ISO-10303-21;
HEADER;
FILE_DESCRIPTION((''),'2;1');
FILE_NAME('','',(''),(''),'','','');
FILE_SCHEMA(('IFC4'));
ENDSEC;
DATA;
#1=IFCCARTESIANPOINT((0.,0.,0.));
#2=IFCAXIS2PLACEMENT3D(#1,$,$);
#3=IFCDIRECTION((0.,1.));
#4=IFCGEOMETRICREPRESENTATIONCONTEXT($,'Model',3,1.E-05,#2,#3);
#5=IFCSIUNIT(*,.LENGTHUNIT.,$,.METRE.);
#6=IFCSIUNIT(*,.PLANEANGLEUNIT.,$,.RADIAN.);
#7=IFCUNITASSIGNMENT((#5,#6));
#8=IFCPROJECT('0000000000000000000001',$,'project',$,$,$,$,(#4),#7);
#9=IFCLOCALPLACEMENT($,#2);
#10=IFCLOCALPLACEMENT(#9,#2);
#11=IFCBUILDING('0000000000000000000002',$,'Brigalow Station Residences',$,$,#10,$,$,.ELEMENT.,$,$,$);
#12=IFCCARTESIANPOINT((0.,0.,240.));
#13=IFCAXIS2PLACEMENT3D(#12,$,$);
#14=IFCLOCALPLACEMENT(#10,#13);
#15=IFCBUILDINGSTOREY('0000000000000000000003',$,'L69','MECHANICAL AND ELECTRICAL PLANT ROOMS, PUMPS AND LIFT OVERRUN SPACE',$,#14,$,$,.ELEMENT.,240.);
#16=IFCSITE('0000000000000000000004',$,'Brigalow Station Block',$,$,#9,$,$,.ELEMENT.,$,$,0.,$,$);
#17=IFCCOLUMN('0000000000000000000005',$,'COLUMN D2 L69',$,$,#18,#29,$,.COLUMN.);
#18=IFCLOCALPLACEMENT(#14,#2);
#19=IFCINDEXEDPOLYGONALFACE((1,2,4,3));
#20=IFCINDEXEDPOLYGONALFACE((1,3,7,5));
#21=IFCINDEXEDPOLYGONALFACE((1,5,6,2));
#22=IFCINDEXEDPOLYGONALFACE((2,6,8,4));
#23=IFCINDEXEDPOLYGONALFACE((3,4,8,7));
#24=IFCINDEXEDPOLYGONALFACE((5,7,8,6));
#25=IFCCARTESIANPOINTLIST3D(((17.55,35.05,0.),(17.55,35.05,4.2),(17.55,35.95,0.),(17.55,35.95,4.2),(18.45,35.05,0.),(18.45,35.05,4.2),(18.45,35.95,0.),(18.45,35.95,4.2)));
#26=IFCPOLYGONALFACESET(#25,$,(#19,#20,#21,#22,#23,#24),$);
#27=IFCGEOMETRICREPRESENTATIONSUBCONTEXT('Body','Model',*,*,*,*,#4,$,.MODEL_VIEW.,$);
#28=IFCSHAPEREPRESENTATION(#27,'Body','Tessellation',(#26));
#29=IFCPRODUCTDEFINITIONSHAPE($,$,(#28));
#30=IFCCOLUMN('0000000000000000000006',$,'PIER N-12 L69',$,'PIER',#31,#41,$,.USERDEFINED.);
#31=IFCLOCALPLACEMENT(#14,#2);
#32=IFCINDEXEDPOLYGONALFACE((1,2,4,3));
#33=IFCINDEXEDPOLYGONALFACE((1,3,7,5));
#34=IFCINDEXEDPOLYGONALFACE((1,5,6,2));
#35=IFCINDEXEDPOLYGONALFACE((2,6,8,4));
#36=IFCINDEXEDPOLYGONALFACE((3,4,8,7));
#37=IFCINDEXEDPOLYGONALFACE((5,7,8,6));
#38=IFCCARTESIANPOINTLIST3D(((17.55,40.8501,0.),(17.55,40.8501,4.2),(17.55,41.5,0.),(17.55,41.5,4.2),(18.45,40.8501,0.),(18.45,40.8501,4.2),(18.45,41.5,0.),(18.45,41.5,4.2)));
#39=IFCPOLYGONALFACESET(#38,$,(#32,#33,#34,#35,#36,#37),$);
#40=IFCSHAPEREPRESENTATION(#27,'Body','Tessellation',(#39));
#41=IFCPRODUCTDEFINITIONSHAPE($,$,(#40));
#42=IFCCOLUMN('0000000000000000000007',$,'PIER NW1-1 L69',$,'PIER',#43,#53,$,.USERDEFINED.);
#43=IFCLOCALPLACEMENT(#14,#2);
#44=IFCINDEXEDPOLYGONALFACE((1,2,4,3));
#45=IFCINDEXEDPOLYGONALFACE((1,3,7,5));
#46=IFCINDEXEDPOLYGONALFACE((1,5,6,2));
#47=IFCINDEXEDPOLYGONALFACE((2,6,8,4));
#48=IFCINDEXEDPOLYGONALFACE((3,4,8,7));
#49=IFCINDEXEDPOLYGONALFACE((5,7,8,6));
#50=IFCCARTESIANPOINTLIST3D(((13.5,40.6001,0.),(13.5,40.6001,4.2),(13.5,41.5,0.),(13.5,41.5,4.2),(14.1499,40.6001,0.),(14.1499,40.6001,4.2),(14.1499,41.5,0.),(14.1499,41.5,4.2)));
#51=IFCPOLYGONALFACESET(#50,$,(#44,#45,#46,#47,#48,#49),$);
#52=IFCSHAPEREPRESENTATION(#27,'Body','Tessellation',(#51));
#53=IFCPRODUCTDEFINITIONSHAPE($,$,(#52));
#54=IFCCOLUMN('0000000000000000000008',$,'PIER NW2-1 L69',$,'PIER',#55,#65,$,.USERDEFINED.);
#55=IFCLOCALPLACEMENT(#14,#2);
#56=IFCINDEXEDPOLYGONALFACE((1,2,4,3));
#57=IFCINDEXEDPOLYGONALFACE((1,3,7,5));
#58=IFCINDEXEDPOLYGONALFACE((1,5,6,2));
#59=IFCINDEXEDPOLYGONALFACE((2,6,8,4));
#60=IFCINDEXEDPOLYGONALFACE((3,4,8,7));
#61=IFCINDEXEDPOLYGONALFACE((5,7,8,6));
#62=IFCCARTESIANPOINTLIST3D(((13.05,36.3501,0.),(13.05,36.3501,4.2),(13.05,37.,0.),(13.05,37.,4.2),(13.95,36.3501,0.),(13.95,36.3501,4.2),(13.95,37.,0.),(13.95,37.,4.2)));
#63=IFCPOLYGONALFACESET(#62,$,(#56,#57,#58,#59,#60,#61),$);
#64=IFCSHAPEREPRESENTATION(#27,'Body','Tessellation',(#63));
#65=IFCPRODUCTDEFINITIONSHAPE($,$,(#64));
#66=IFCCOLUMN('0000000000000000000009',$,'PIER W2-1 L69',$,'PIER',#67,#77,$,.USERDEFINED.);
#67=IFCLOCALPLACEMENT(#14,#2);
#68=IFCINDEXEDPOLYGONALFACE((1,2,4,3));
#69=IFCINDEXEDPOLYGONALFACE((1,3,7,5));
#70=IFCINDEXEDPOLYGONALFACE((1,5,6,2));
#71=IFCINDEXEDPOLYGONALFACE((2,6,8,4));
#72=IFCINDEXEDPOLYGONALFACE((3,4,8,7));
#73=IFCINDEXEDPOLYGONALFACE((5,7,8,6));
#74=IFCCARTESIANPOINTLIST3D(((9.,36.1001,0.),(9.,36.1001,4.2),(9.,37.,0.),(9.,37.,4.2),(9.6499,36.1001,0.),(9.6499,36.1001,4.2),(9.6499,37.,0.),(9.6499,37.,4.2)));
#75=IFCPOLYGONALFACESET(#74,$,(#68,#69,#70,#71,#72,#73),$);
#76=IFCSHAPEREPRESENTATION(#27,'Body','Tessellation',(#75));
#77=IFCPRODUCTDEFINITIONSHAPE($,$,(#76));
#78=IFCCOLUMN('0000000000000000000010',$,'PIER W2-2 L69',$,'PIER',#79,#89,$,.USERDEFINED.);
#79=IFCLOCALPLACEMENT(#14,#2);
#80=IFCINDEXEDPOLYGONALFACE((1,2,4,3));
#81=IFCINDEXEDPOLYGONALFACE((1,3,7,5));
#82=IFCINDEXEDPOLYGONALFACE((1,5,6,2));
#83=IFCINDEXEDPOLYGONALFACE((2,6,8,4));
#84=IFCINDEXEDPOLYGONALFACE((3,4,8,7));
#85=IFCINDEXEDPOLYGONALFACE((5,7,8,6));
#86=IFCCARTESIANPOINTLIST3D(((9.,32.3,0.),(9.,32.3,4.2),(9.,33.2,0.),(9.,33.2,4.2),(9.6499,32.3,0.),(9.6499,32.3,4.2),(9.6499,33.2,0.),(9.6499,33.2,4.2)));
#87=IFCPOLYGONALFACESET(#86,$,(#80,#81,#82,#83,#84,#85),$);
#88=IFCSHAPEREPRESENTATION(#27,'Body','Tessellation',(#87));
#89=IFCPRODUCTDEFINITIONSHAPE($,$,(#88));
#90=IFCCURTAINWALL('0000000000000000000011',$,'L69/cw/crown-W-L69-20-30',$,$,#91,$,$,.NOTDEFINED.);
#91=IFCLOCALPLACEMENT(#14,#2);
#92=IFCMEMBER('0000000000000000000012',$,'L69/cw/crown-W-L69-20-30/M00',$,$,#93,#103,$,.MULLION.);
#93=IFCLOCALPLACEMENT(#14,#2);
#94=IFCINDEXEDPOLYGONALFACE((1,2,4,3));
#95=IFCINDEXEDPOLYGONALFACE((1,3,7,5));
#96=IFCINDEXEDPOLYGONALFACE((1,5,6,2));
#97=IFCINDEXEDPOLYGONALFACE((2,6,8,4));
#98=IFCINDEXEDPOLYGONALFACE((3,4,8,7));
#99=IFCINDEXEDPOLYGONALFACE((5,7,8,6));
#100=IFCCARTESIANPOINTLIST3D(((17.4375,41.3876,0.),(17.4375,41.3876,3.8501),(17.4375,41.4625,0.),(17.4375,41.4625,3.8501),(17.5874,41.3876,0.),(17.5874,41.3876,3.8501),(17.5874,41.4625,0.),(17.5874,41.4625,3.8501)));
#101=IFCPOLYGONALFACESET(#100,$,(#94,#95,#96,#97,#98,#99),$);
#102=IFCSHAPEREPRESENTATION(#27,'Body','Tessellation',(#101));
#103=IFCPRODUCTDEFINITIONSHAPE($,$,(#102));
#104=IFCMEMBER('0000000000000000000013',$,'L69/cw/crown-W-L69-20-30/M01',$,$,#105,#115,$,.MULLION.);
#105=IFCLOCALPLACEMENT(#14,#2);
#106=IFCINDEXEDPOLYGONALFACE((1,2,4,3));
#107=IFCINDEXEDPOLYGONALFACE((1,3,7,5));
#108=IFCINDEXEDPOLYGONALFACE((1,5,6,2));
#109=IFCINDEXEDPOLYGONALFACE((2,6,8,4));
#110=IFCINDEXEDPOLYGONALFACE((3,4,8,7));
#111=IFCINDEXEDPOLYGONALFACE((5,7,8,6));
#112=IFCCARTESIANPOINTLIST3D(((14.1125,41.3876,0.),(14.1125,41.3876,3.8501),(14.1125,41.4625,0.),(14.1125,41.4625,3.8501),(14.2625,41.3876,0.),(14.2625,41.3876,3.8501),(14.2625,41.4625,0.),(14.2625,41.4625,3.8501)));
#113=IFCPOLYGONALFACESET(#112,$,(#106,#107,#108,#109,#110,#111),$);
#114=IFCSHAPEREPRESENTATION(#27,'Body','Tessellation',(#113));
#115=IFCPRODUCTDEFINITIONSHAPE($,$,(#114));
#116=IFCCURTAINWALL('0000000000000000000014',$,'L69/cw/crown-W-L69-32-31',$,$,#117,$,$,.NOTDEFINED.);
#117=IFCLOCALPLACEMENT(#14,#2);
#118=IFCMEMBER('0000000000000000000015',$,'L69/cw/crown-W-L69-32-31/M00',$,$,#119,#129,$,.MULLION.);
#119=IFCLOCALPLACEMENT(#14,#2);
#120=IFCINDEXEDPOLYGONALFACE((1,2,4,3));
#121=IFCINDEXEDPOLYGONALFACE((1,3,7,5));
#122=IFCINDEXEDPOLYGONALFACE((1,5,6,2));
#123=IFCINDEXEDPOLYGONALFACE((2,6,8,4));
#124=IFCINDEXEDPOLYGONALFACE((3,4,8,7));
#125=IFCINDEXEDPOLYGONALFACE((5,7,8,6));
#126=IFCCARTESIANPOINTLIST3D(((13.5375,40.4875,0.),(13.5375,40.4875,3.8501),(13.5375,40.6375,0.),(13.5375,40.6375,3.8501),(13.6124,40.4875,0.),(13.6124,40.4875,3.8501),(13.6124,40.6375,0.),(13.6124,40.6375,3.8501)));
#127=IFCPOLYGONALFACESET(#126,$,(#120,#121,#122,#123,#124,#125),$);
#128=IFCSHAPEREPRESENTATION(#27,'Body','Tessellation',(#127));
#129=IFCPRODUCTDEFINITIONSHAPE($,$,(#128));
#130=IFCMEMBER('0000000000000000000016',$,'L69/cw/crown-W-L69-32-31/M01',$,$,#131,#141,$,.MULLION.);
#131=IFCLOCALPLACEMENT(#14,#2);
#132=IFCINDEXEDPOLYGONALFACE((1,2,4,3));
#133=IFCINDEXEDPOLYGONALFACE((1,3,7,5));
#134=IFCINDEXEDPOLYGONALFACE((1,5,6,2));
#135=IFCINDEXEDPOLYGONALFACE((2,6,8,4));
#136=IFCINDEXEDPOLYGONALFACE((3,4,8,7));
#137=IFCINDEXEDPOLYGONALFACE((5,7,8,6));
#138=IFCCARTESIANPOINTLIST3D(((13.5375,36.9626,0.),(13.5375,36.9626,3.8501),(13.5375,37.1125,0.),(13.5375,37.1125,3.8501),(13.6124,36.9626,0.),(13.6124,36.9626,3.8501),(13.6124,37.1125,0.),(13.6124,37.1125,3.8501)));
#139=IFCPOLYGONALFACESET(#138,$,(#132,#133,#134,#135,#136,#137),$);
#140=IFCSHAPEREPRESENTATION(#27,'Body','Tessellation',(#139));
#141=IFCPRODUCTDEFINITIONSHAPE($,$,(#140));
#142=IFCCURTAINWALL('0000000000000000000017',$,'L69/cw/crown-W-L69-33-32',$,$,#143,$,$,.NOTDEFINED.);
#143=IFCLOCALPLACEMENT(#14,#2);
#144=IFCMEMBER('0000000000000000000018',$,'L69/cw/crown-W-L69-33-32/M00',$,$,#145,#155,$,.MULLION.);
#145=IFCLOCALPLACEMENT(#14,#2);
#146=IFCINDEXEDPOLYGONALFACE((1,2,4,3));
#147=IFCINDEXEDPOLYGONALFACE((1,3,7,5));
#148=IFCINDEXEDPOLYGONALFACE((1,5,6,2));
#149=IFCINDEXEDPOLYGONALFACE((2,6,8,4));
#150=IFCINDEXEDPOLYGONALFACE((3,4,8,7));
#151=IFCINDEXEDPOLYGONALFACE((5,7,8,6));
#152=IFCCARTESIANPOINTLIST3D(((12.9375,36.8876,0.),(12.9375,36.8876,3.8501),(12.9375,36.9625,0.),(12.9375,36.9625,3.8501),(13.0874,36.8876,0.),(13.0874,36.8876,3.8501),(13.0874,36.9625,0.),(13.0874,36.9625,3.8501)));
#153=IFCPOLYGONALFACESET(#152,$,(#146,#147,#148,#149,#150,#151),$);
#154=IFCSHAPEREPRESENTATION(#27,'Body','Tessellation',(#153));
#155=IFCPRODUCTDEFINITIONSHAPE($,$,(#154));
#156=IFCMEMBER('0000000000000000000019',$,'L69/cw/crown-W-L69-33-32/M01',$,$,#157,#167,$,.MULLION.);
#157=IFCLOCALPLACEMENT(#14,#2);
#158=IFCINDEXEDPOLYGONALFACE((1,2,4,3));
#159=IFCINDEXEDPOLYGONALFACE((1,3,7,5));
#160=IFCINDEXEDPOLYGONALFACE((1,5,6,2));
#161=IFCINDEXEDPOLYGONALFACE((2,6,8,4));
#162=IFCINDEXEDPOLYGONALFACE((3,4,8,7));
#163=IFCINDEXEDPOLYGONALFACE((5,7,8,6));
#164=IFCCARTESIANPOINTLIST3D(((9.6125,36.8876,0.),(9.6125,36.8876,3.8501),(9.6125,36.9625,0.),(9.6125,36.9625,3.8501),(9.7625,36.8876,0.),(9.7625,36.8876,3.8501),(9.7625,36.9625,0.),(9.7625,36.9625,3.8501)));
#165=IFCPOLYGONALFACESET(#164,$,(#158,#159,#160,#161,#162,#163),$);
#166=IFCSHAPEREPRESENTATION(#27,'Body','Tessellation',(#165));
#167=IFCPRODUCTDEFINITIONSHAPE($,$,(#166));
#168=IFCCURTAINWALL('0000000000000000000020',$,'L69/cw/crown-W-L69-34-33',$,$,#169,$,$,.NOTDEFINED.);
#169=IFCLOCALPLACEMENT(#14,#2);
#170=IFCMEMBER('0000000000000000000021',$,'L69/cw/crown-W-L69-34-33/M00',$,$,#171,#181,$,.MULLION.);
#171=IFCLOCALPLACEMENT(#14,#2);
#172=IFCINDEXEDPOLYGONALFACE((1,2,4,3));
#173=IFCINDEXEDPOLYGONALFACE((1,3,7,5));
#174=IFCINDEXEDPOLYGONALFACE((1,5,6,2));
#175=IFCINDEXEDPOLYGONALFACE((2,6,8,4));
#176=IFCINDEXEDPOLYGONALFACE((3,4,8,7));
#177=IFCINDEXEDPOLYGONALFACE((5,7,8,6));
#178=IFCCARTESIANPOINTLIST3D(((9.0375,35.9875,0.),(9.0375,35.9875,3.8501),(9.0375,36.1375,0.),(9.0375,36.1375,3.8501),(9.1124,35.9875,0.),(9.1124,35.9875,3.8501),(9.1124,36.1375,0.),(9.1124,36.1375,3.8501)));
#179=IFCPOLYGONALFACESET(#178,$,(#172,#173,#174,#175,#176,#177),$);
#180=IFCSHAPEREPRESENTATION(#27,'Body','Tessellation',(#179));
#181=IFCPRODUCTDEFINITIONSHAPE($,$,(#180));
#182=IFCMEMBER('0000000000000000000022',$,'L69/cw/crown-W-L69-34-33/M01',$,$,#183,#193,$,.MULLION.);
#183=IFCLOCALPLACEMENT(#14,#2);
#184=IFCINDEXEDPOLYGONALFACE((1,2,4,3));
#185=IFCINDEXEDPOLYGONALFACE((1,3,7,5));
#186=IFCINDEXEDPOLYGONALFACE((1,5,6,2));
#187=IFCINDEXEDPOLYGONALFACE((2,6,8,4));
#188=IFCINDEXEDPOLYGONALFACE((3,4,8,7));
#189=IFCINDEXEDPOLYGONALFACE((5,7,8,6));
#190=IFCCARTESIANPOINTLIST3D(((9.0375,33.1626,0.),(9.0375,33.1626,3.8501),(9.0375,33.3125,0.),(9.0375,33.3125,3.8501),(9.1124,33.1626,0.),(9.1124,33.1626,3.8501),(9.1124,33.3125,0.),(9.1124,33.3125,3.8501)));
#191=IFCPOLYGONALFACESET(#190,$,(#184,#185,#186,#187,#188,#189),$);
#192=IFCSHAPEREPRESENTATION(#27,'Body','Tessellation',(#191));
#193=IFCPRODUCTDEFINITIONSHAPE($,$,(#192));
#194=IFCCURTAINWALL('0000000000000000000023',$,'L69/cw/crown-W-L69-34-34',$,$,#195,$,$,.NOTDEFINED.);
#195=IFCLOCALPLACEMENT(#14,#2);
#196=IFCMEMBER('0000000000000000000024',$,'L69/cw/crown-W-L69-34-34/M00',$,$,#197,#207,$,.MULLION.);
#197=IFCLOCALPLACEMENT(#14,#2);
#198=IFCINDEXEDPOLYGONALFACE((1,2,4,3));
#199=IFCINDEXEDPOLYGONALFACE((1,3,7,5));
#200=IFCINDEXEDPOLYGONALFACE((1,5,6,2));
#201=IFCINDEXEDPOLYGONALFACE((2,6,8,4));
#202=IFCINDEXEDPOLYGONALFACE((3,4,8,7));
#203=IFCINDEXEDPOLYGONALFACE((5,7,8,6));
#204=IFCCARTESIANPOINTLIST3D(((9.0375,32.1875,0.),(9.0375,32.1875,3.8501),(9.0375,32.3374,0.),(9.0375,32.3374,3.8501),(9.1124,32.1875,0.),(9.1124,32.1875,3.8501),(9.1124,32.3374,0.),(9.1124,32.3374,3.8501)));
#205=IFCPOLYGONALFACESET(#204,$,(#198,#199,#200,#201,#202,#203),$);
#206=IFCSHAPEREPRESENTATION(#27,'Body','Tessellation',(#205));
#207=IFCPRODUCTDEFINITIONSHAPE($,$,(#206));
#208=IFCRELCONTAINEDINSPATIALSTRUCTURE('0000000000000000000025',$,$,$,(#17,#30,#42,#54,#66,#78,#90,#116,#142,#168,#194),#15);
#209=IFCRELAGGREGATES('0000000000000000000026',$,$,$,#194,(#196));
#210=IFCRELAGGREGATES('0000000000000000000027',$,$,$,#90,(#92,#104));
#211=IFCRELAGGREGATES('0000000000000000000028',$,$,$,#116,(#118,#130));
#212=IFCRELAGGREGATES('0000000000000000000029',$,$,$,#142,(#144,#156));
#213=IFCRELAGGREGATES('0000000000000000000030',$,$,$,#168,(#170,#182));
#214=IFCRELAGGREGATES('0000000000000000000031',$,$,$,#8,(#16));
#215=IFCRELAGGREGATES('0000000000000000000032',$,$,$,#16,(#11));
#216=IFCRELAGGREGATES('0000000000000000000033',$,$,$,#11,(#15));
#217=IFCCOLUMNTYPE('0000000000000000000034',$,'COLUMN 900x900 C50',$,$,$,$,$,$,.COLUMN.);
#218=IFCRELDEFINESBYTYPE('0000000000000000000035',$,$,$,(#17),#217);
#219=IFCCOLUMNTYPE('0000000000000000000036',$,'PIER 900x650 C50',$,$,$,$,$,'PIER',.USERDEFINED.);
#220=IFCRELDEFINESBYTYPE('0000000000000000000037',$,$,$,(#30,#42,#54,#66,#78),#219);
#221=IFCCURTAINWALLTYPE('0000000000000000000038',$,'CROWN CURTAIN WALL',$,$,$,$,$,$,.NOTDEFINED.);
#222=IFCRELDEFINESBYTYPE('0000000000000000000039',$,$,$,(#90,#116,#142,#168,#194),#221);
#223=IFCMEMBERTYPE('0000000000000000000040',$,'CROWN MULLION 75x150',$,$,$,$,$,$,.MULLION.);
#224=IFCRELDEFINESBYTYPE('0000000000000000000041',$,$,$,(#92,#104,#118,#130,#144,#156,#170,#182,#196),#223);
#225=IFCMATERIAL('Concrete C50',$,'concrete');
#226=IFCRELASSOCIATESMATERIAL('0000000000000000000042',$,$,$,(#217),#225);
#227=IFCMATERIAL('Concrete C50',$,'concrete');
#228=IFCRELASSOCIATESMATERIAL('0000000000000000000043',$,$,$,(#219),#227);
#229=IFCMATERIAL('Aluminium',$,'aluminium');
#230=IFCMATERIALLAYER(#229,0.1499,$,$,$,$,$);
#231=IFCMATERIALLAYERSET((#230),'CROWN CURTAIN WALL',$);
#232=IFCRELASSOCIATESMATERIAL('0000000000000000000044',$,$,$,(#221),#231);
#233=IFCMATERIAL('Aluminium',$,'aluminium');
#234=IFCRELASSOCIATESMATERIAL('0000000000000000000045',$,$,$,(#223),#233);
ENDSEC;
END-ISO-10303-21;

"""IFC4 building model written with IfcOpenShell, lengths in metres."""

from ifc_helpers import new_model, si_unit, direction, frame, origin, origin_2d, place, context, subcontext, project, spatial, rectangle, extrude, material, layer, layer_set, material_profile, profile_set, type_object, element, aggregate, save


model = new_model("IFC4")

# Units and contexts
model_context = context("Model", 3, precision=1e-05, world=origin(), true_north=direction((0.0, 1.0)))
body_context = subcontext(model_context, "Body", "Model", "MODEL_VIEW")
ifc_project = project(units=[si_unit("LENGTHUNIT", "METRE"), si_unit("PLANEANGLEUNIT", "RADIAN")], contexts=[model_context])

# Site, building, storey
site_placement = place(None, origin())
site = spatial("IfcSite", under=ifc_project, at=site_placement, Name="Brigalow Station Block", CompositionType="ELEMENT", RefElevation=0.0)
building_placement = place(site_placement, origin())
building = spatial("IfcBuilding", under=site, at=building_placement, Name="Brigalow Station Residences", CompositionType="ELEMENT")
storey_placement = place(building_placement, frame((0.0, 0.0, 240.0)))
storey = spatial("IfcBuildingStorey", under=building, at=storey_placement, Name="L69", Description="MECHANICAL AND ELECTRICAL PLANT ROOMS, PUMPS AND LIFT OVERRUN SPACE", CompositionType="ELEMENT", Elevation=240.0)

# Columns
ifc_material_1 = material(Name="Concrete C50", Category="concrete")
ifc_material_profile_1 = material_profile(ifc_material_1, rectangle(XDim=0.8999, YDim=0.8999, at=origin_2d()), Name="RC900x900")
ifc_profile_set_1 = profile_set([ifc_material_profile_1], Name="Concrete C50")
column_type_1 = type_object("IfcColumnType", Name="COLUMN 900x900 C50", PredefinedType="COLUMN", material=ifc_profile_set_1)
column_placement = place(storey_placement, frame((18.0, 35.5, 0.0), z_axis=(0.0, 0.0, 1.0), x_axis=(1.0, 0.0, 0.0)))
element("IfcColumn", 1, at=column_placement, inside=storey, type_object=column_type_1, Name="COLUMN D2 L69", PredefinedType="COLUMN", context=body_context, shape_type="SweptSolid", body=[
    extrude(rectangle(XDim=0.8999, YDim=0.8999, at=origin_2d()), origin(), (0.0, 0.0, 1.0), 4.2),
])
ifc_material_2 = material(Name="Concrete C50", Category="concrete")
ifc_material_profile_2 = material_profile(ifc_material_2, rectangle(XDim=0.8999, YDim=0.6499, at=origin_2d()), Name="RC900x650")
ifc_profile_set_2 = profile_set([ifc_material_profile_2], Name="Concrete C50")
column_type_2 = type_object("IfcColumnType", Name="PIER 900x650 C50", ElementType="PIER", PredefinedType="USERDEFINED", material=ifc_profile_set_2)
for number, where, z_axis, x_axis, name in (
    (2, (18.0, 41.175, 0.0), (0.0, 0.0, 1.0), (-1.0, 0.0, 0.0), "PIER N-12 L69"),
    (3, (13.825, 41.05, 0.0), (0.0, 0.0, 1.0), (0.0, -1.0, 0.0), "PIER NW1-1 L69"),
    (4, (13.5, 36.675, 0.0), (0.0, 0.0, 1.0), (-1.0, 0.0, 0.0), "PIER NW2-1 L69"),
    (5, (9.325, 36.55, 0.0), (0.0, 0.0, 1.0), (0.0, -1.0, 0.0), "PIER W2-1 L69"),
    (6, (9.325, 32.75, 0.0), (0.0, 0.0, 1.0), (0.0, -1.0, 0.0), "PIER W2-2 L69"),
):
    element("IfcColumn", number, at=place(storey_placement, frame(where, z_axis=z_axis, x_axis=x_axis)), inside=storey, type_object=column_type_2, Name=name, ObjectType="PIER", PredefinedType="USERDEFINED", context=body_context, shape_type="SweptSolid", body=[
        extrude(rectangle(XDim=0.8999, YDim=0.6499, at=origin_2d()), origin(), (0.0, 0.0, 1.0), 4.2),
    ])

# Curtain walls, members
ifc_material_3 = material(Name="Aluminium", Category="aluminium")
ifc_layer_1 = layer(ifc_material_3, 0.1499)
ifc_layer_set_1 = layer_set([ifc_layer_1], Name="CROWN CURTAIN WALL")
curtain_wall_type = type_object("IfcCurtainWallType", Name="CROWN CURTAIN WALL", PredefinedType="NOTDEFINED", material=ifc_layer_set_1)
curtain_wall_1_placement = place(storey_placement, origin())
curtain_wall_1 = element("IfcCurtainWall", 7, at=curtain_wall_1_placement, inside=storey, type_object=curtain_wall_type, Name="L69/cw/crown-W-L69-20-30", PredefinedType="NOTDEFINED")
ifc_material_4 = material(Name="Aluminium", Category="aluminium")
ifc_material_profile_3 = material_profile(ifc_material_4, rectangle(XDim=0.075, YDim=0.1499, at=origin_2d()), Name="CROWN MULLION 75x150")
ifc_profile_set_3 = profile_set([ifc_material_profile_3], Name="Aluminium")
member_type_1 = type_object("IfcMemberType", Name="CROWN MULLION 75x150", PredefinedType="MULLION", material=ifc_profile_set_3)
member_1_placement = place(storey_placement, frame((17.5125, 41.425, 0.0), z_axis=(0.0, 0.0, 1.0), x_axis=(0.0, -1.0, 0.0)))
member_1 = element("IfcMember", 8, at=member_1_placement, type_object=member_type_1, Name="L69/cw/crown-W-L69-20-30/M00", PredefinedType="MULLION", context=body_context, shape_type="SweptSolid", body=[
    extrude(rectangle(XDim=0.075, YDim=0.1499, at=origin_2d()), origin(), (0.0, 0.0, 1.0), 3.8501),
])
member_2_placement = place(storey_placement, frame((14.1875, 41.425, 0.0), z_axis=(0.0, 0.0, 1.0), x_axis=(0.0, -1.0, 0.0)))
member_2 = element("IfcMember", 9, at=member_2_placement, type_object=member_type_1, Name="L69/cw/crown-W-L69-20-30/M01", PredefinedType="MULLION", context=body_context, shape_type="SweptSolid", body=[
    extrude(rectangle(XDim=0.075, YDim=0.1499, at=origin_2d()), origin(), (0.0, 0.0, 1.0), 3.8501),
])
curtain_wall_2_placement = place(storey_placement, origin())
curtain_wall_2 = element("IfcCurtainWall", 10, at=curtain_wall_2_placement, inside=storey, type_object=curtain_wall_type, Name="L69/cw/crown-W-L69-32-31", PredefinedType="NOTDEFINED")
member_3_placement = place(storey_placement, frame((13.575, 40.5625, 0.0), z_axis=(0.0, 0.0, 1.0), x_axis=(1.0, 0.0, 0.0)))
member_3 = element("IfcMember", 11, at=member_3_placement, type_object=member_type_1, Name="L69/cw/crown-W-L69-32-31/M00", PredefinedType="MULLION", context=body_context, shape_type="SweptSolid", body=[
    extrude(rectangle(XDim=0.075, YDim=0.1499, at=origin_2d()), origin(), (0.0, 0.0, 1.0), 3.8501),
])
member_4_placement = place(storey_placement, frame((13.575, 37.0376, 0.0), z_axis=(0.0, 0.0, 1.0), x_axis=(1.0, 0.0, 0.0)))
member_4 = element("IfcMember", 12, at=member_4_placement, type_object=member_type_1, Name="L69/cw/crown-W-L69-32-31/M01", PredefinedType="MULLION", context=body_context, shape_type="SweptSolid", body=[
    extrude(rectangle(XDim=0.075, YDim=0.1499, at=origin_2d()), origin(), (0.0, 0.0, 1.0), 3.8501),
])
curtain_wall_3_placement = place(storey_placement, origin())
curtain_wall_3 = element("IfcCurtainWall", 13, at=curtain_wall_3_placement, inside=storey, type_object=curtain_wall_type, Name="L69/cw/crown-W-L69-33-32", PredefinedType="NOTDEFINED")
member_5_placement = place(storey_placement, frame((13.0125, 36.925, 0.0), z_axis=(0.0, 0.0, 1.0), x_axis=(0.0, -1.0, 0.0)))
member_5 = element("IfcMember", 14, at=member_5_placement, type_object=member_type_1, Name="L69/cw/crown-W-L69-33-32/M00", PredefinedType="MULLION", context=body_context, shape_type="SweptSolid", body=[
    extrude(rectangle(XDim=0.075, YDim=0.1499, at=origin_2d()), origin(), (0.0, 0.0, 1.0), 3.8501),
])
member_6_placement = place(storey_placement, frame((9.6875, 36.925, 0.0), z_axis=(0.0, 0.0, 1.0), x_axis=(0.0, -1.0, 0.0)))
member_6 = element("IfcMember", 15, at=member_6_placement, type_object=member_type_1, Name="L69/cw/crown-W-L69-33-32/M01", PredefinedType="MULLION", context=body_context, shape_type="SweptSolid", body=[
    extrude(rectangle(XDim=0.075, YDim=0.1499, at=origin_2d()), origin(), (0.0, 0.0, 1.0), 3.8501),
])
curtain_wall_4_placement = place(storey_placement, origin())
curtain_wall_4 = element("IfcCurtainWall", 16, at=curtain_wall_4_placement, inside=storey, type_object=curtain_wall_type, Name="L69/cw/crown-W-L69-34-33", PredefinedType="NOTDEFINED")
member_7_placement = place(storey_placement, frame((9.075, 36.0625, 0.0), z_axis=(0.0, 0.0, 1.0), x_axis=(1.0, 0.0, 0.0)))
member_7 = element("IfcMember", 17, at=member_7_placement, type_object=member_type_1, Name="L69/cw/crown-W-L69-34-33/M00", PredefinedType="MULLION", context=body_context, shape_type="SweptSolid", body=[
    extrude(rectangle(XDim=0.075, YDim=0.1499, at=origin_2d()), origin(), (0.0, 0.0, 1.0), 3.8501),
])
member_8_placement = place(storey_placement, frame((9.075, 33.2375, 0.0), z_axis=(0.0, 0.0, 1.0), x_axis=(1.0, 0.0, 0.0)))
member_8 = element("IfcMember", 18, at=member_8_placement, type_object=member_type_1, Name="L69/cw/crown-W-L69-34-33/M01", PredefinedType="MULLION", context=body_context, shape_type="SweptSolid", body=[
    extrude(rectangle(XDim=0.075, YDim=0.1499, at=origin_2d()), origin(), (0.0, 0.0, 1.0), 3.8501),
])

# Curtain wall, member
curtain_wall_5_placement = place(storey_placement, origin())
curtain_wall_5 = element("IfcCurtainWall", 19, at=curtain_wall_5_placement, inside=storey, type_object=curtain_wall_type, Name="L69/cw/crown-W-L69-34-34", PredefinedType="NOTDEFINED")
member_9_placement = place(storey_placement, frame((9.075, 32.2625, 0.0), z_axis=(0.0, 0.0, 1.0), x_axis=(1.0, 0.0, 0.0)))
member_9 = element("IfcMember", 20, at=member_9_placement, type_object=member_type_1, Name="L69/cw/crown-W-L69-34-34/M00", PredefinedType="MULLION", context=body_context, shape_type="SweptSolid", body=[
    extrude(rectangle(XDim=0.075, YDim=0.1499, at=origin_2d()), origin(), (0.0, 0.0, 1.0), 3.8501),
])
aggregate(curtain_wall_5, [member_9])

aggregate(curtain_wall_1, [member_1, member_2])
aggregate(curtain_wall_2, [member_3, member_4])
aggregate(curtain_wall_3, [member_5, member_6])
aggregate(curtain_wall_4, [member_7, member_8])

save(model, "model.ifc")
